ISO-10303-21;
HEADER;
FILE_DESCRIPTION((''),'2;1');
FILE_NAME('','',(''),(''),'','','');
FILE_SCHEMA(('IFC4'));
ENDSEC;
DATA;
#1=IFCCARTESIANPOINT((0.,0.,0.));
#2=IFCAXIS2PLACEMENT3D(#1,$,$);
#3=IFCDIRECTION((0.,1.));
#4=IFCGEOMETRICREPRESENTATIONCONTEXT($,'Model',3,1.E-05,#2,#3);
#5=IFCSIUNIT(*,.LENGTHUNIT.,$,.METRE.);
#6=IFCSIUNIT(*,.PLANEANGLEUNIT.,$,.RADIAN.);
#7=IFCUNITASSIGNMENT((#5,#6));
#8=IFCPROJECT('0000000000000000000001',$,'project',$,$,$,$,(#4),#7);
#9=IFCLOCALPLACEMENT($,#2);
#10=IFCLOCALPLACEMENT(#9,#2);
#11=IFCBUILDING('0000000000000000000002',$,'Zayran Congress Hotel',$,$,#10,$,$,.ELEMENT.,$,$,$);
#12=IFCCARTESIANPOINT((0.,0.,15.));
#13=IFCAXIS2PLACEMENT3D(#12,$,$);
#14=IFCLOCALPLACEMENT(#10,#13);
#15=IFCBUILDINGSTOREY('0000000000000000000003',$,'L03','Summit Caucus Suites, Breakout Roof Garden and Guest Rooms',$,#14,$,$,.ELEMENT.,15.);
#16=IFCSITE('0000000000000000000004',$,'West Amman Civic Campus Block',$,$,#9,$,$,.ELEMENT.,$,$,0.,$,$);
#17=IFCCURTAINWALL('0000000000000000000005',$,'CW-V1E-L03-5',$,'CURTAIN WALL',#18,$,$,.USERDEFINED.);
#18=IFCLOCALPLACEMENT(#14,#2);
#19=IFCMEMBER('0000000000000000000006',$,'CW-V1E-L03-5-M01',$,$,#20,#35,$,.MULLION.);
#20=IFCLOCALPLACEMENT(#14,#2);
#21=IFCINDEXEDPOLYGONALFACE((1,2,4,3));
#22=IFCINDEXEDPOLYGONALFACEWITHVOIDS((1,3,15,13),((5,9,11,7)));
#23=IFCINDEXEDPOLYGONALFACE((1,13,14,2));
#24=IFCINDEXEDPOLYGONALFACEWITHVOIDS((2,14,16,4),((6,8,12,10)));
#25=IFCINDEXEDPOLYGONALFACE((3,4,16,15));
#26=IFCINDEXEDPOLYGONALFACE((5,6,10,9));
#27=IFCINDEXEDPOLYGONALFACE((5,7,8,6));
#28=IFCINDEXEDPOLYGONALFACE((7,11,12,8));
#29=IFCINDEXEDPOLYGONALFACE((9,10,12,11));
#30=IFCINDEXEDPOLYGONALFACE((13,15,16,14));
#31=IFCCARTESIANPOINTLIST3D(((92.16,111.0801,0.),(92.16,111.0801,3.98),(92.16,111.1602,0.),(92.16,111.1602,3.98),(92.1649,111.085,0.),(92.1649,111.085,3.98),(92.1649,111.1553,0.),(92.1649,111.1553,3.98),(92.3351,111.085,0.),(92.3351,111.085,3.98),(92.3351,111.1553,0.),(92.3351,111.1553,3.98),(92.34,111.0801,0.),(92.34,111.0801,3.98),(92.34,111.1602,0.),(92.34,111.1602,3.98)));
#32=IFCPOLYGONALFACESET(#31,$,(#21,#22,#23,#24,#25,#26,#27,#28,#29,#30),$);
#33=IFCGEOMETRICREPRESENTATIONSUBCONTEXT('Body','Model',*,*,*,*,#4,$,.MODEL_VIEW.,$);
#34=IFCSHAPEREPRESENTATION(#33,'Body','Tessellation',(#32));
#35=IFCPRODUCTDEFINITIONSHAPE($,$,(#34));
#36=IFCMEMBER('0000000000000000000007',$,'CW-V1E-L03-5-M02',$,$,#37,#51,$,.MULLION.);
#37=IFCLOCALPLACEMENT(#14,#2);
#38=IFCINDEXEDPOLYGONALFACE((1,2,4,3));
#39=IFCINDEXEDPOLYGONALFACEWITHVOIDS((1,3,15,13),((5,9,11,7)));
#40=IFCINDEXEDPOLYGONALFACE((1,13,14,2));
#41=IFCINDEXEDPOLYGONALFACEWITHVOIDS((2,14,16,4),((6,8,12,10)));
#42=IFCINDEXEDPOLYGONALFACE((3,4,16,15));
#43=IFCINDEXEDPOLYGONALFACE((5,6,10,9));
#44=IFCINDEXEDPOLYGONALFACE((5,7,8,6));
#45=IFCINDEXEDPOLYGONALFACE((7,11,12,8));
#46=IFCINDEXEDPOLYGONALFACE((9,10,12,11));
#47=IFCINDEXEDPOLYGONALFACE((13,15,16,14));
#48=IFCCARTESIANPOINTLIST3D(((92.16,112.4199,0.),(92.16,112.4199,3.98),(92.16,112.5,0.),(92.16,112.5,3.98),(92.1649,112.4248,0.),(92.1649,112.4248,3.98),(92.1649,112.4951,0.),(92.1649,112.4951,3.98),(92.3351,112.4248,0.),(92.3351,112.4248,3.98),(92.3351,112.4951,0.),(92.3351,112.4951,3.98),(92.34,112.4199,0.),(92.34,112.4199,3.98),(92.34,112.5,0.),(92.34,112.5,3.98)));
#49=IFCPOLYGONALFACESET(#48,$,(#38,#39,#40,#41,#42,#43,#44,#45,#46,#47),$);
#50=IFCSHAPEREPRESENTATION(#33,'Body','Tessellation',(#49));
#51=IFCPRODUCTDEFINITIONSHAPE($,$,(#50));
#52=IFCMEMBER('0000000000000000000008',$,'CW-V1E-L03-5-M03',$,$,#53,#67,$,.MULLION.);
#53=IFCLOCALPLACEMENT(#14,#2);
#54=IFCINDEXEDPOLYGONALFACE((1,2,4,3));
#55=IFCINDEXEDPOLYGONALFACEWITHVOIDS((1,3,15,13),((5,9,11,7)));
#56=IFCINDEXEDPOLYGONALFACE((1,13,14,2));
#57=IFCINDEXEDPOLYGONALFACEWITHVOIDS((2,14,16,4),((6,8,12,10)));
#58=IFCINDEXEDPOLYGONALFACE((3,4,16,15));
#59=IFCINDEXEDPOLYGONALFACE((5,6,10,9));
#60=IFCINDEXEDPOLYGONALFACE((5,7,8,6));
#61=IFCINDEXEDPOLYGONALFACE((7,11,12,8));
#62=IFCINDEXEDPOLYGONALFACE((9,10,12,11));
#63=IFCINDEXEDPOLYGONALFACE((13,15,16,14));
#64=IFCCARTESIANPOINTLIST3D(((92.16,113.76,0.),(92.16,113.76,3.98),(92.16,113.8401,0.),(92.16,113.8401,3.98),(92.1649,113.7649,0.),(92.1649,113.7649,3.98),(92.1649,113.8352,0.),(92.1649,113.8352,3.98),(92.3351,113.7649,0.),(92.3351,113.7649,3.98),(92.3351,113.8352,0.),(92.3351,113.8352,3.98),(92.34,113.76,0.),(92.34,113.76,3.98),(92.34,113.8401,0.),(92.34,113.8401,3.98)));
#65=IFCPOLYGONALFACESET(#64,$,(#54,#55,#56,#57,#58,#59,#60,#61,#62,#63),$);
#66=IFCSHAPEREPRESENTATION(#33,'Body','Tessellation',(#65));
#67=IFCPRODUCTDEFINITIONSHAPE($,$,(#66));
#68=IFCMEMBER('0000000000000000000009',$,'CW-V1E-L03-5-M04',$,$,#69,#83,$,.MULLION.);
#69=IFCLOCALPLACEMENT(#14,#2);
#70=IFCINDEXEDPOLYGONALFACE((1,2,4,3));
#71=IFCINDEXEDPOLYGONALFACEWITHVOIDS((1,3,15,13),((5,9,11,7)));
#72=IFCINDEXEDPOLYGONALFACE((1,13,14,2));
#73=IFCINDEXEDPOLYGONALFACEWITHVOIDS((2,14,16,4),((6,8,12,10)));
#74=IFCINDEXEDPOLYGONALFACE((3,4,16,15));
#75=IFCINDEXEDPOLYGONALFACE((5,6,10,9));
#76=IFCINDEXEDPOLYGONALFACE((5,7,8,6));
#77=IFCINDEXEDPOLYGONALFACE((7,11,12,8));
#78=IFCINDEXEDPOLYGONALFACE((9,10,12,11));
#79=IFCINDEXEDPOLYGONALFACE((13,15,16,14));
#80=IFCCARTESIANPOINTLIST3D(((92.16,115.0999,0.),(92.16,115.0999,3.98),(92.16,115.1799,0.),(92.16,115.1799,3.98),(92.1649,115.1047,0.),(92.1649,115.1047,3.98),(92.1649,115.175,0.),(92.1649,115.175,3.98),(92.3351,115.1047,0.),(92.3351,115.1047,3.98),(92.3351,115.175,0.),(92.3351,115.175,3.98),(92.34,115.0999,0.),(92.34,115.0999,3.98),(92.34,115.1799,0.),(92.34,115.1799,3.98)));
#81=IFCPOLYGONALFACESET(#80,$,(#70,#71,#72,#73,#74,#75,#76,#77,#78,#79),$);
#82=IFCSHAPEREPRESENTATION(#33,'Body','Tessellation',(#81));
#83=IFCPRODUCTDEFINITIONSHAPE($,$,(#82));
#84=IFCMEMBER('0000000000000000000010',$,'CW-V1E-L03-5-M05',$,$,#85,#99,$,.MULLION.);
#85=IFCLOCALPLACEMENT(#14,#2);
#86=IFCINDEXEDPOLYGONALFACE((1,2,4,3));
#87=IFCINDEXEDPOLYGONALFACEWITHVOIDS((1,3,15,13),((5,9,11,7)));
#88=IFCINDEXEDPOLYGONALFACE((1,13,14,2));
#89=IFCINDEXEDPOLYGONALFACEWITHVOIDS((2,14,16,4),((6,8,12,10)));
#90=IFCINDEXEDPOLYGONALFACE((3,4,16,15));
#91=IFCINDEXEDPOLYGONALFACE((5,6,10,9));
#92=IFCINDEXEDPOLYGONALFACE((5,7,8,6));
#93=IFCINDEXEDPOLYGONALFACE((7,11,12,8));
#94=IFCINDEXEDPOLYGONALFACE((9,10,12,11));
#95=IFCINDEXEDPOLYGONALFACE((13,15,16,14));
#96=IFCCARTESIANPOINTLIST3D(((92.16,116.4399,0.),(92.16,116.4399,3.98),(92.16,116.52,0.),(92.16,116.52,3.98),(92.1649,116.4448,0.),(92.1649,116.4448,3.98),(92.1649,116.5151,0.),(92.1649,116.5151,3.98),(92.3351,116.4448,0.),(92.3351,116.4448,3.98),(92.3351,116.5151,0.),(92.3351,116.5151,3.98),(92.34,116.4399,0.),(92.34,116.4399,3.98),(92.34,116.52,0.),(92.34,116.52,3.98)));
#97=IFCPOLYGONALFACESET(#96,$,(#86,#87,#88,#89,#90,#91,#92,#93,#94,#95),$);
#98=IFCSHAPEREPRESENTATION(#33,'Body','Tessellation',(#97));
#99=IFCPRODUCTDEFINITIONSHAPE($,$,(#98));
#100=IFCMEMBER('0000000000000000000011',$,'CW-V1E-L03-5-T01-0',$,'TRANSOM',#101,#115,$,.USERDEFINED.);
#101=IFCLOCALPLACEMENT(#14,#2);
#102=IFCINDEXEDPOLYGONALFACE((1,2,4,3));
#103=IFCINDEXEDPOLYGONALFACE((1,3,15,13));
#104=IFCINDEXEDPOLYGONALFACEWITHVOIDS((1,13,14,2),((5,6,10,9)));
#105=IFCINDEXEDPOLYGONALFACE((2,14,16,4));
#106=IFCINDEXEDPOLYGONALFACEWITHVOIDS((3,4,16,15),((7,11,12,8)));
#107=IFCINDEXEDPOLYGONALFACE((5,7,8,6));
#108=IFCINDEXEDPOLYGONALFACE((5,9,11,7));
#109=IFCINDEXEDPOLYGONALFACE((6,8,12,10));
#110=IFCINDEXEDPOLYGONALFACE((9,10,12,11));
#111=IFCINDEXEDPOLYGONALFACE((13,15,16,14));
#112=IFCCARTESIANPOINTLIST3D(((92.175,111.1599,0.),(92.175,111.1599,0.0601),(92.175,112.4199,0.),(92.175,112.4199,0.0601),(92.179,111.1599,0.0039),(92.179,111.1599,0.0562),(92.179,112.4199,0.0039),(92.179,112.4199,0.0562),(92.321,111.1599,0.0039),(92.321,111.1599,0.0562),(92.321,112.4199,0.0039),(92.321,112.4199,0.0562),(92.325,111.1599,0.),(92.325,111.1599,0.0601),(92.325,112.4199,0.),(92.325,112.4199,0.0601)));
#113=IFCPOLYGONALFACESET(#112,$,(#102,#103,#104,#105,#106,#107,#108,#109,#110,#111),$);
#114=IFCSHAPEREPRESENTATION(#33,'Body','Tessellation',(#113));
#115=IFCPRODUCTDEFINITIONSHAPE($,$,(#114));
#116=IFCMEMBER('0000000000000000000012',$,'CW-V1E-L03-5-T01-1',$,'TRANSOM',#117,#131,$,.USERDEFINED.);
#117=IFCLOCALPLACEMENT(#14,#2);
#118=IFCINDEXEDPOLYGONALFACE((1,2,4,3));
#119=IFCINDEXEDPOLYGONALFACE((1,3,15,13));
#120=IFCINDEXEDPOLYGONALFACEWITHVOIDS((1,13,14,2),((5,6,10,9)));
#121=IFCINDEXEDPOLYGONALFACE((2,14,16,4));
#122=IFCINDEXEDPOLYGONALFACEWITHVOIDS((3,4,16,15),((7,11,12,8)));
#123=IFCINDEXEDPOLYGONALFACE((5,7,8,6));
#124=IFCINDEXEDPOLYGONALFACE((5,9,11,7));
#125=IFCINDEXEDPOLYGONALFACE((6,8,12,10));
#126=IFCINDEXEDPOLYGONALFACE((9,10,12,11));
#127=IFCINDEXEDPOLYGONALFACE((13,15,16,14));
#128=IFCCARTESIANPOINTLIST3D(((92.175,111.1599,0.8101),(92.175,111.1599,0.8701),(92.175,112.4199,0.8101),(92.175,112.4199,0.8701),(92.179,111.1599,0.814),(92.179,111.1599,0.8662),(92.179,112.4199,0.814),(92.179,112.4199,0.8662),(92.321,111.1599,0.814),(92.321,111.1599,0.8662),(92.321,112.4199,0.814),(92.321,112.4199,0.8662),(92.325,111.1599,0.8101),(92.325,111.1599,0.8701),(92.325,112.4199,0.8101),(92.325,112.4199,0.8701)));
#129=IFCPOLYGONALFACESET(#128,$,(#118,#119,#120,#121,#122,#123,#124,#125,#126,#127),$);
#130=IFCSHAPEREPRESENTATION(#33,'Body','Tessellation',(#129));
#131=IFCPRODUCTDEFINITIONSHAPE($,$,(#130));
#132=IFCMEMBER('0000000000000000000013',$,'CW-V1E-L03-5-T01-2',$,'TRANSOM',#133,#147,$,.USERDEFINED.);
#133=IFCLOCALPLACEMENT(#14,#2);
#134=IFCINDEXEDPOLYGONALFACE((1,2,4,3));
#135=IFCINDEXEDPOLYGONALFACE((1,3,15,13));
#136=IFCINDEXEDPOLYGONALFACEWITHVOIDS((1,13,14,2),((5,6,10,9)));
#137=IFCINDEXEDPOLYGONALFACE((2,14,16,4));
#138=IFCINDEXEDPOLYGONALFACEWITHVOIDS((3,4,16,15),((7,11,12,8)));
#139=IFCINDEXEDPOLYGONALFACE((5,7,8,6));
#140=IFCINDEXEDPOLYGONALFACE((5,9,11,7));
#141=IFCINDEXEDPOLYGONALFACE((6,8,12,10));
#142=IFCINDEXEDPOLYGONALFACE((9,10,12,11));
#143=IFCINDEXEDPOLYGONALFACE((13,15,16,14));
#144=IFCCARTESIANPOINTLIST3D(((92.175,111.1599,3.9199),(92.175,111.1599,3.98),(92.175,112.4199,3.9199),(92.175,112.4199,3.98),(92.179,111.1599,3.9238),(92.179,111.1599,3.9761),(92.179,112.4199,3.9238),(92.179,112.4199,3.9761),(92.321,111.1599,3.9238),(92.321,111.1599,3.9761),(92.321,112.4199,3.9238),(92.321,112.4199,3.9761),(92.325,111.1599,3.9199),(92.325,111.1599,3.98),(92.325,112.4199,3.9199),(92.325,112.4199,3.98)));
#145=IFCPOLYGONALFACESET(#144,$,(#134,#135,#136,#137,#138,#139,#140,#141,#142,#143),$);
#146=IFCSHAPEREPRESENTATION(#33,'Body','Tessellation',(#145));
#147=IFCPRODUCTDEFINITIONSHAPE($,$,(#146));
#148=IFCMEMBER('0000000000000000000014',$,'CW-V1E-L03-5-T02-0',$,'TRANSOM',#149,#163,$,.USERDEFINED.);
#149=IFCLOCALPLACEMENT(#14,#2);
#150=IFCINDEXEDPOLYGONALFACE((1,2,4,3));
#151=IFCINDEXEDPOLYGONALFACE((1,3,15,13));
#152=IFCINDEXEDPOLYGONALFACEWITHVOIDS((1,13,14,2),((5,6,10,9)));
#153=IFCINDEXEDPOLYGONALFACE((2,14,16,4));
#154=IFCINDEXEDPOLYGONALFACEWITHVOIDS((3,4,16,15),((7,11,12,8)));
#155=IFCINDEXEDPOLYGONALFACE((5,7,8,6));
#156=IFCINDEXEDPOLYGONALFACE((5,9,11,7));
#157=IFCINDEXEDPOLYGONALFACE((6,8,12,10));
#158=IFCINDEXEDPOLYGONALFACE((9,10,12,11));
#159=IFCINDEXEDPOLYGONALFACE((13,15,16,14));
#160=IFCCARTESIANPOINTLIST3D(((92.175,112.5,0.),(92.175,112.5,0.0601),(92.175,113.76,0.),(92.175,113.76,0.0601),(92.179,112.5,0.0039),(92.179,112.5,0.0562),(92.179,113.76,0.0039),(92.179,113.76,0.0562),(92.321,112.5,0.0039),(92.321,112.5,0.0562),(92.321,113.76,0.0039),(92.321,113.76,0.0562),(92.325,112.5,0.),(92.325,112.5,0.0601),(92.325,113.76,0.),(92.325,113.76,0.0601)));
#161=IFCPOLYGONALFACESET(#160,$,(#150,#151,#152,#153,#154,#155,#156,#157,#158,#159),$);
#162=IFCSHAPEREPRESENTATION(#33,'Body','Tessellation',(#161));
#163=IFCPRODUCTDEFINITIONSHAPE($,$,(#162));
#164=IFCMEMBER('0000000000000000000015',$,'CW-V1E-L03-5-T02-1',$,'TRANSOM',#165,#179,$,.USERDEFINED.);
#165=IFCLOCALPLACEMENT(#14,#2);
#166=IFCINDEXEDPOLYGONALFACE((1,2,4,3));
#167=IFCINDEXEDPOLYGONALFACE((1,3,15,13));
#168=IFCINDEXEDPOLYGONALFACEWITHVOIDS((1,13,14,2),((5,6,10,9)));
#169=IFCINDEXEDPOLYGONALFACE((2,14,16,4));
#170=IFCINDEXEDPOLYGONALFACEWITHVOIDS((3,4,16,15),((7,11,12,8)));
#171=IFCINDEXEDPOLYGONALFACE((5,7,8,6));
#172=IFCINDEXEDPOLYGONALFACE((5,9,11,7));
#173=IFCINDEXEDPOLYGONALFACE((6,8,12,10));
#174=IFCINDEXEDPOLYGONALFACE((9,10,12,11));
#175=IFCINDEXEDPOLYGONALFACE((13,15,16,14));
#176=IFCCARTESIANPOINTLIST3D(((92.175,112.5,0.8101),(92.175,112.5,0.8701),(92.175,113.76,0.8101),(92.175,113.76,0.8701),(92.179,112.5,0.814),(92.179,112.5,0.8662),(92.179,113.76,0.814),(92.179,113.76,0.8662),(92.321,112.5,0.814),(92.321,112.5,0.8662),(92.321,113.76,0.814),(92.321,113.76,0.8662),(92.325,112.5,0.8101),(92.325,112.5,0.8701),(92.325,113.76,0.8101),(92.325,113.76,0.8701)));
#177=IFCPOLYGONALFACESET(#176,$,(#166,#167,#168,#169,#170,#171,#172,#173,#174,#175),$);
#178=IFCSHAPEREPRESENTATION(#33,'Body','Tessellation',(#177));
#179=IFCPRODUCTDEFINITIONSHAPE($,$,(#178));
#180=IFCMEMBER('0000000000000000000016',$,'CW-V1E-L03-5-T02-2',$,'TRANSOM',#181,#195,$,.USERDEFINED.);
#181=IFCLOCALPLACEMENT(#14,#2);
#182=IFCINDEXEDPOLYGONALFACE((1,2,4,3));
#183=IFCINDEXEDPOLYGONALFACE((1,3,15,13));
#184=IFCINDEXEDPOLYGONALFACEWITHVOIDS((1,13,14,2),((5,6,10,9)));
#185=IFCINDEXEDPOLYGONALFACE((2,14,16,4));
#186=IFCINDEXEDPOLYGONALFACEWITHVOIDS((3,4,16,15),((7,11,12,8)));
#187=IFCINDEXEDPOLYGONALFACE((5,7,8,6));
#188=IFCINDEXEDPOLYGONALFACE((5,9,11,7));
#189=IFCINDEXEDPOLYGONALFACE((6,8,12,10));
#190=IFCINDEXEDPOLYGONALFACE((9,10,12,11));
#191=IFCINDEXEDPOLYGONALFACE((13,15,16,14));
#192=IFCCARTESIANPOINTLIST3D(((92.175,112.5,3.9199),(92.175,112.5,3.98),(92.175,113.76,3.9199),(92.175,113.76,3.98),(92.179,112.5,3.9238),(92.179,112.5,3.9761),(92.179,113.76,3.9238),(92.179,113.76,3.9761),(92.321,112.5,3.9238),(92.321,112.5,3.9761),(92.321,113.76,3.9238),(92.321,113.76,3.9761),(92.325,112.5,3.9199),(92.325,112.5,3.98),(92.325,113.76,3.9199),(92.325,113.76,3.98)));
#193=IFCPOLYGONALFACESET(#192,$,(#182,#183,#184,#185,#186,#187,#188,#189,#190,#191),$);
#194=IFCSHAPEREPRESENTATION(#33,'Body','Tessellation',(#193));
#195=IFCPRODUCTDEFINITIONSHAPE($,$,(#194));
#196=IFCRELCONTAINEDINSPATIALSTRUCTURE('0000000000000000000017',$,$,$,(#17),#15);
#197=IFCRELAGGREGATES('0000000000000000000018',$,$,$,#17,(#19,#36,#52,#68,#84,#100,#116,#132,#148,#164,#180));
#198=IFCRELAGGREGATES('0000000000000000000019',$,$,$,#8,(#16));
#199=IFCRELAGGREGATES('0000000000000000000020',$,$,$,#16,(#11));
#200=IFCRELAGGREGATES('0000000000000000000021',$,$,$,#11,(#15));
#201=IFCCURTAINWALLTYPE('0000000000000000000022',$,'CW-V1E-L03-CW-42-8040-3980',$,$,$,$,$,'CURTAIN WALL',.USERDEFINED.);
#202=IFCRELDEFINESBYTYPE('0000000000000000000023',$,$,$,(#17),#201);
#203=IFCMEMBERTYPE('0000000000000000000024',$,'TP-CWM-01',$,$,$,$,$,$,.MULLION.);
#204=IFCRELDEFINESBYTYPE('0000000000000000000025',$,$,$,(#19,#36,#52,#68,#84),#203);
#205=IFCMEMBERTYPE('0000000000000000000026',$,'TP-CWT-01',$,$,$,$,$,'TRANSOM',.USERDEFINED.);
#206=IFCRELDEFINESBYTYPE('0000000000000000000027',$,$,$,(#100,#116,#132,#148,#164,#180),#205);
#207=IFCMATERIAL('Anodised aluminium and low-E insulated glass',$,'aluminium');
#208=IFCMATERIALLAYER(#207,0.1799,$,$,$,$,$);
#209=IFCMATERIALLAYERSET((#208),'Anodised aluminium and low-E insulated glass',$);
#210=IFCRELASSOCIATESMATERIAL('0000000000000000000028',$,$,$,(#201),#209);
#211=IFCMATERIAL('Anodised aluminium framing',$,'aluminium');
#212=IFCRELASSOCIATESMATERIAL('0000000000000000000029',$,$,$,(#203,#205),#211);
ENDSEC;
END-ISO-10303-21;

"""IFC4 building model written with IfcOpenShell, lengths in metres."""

from ifc_helpers import new_model, si_unit, direction, frame, origin, origin_2d, place, context, subcontext, project, spatial, hollow_rectangle, extrude, material, layer, layer_set, material_profile, profile_set, type_object, element, aggregate, save


model = new_model("IFC4")

# Units and contexts
model_context = context("Model", 3, precision=1e-05, world=origin(), true_north=direction((0.0, 1.0)))
body_context = subcontext(model_context, "Body", "Model", "MODEL_VIEW")
ifc_project = project(units=[si_unit("LENGTHUNIT", "METRE"), si_unit("PLANEANGLEUNIT", "RADIAN")], contexts=[model_context])

# Site, building, storey
site_placement = place(None, origin())
site = spatial("IfcSite", under=ifc_project, at=site_placement, Name="West Amman Civic Campus Block", CompositionType="ELEMENT", RefElevation=0.0)
building_placement = place(site_placement, origin())
building = spatial("IfcBuilding", under=site, at=building_placement, Name="Zayran Congress Hotel", CompositionType="ELEMENT")
storey_placement = place(building_placement, frame((0.0, 0.0, 15.0)))
storey = spatial("IfcBuildingStorey", under=building, at=storey_placement, Name="L03", Description="Summit Caucus Suites, Breakout Roof Garden and Guest Rooms", CompositionType="ELEMENT", Elevation=15.0)

# Curtain wall, members
ifc_material_1 = material(Name="Anodised aluminium and low-E insulated glass", Category="aluminium")
ifc_layer_1 = layer(ifc_material_1, 0.1799)
ifc_layer_set_1 = layer_set([ifc_layer_1], Name="Anodised aluminium and low-E insulated glass")
curtain_wall_type = type_object("IfcCurtainWallType", Name="CW-V1E-L03-CW-42-8040-3980", ElementType="CURTAIN WALL", PredefinedType="USERDEFINED", material=ifc_layer_set_1)
curtain_wall_placement = place(storey_placement, origin())
curtain_wall = element("IfcCurtainWall", 1, at=curtain_wall_placement, inside=storey, type_object=curtain_wall_type, Name="CW-V1E-L03-5", ObjectType="CURTAIN WALL", PredefinedType="USERDEFINED")
ifc_material_2 = material(Name="Anodised aluminium framing", Category="aluminium")
ifc_material_profile_1 = material_profile(ifc_material_2, hollow_rectangle(XDim=0.0801, YDim=0.1799, WallThickness=0.0049, at=origin_2d()), Name="RHS 180x80x5")
ifc_profile_set_1 = profile_set([ifc_material_profile_1], Name="Anodised aluminium framing")
member_type_1 = type_object("IfcMemberType", Name="TP-CWM-01", PredefinedType="MULLION", material=ifc_profile_set_1)
member_1_placement = place(storey_placement, frame((92.25, 111.1201, 0.0), z_axis=(0.0, 0.0, 1.0), x_axis=(0.0, 1.0, 0.0)))
member_1 = element("IfcMember", 2, at=member_1_placement, type_object=member_type_1, Name="CW-V1E-L03-5-M01", PredefinedType="MULLION", context=body_context, shape_type="SweptSolid", body=[
    extrude(hollow_rectangle(XDim=0.0801, YDim=0.1799, WallThickness=0.0049, at=origin_2d()), origin(), (0.0, 0.0, 1.0), 3.98),
])
member_2_placement = place(storey_placement, frame((92.25, 112.46, 0.0), z_axis=(0.0, 0.0, 1.0), x_axis=(0.0, 1.0, 0.0)))
member_2 = element("IfcMember", 3, at=member_2_placement, type_object=member_type_1, Name="CW-V1E-L03-5-M02", PredefinedType="MULLION", context=body_context, shape_type="SweptSolid", body=[
    extrude(hollow_rectangle(XDim=0.0801, YDim=0.1799, WallThickness=0.0049, at=origin_2d()), origin(), (0.0, 0.0, 1.0), 3.98),
])
member_3_placement = place(storey_placement, frame((92.25, 113.8, 0.0), z_axis=(0.0, 0.0, 1.0), x_axis=(0.0, 1.0, 0.0)))
member_3 = element("IfcMember", 4, at=member_3_placement, type_object=member_type_1, Name="CW-V1E-L03-5-M03", PredefinedType="MULLION", context=body_context, shape_type="SweptSolid", body=[
    extrude(hollow_rectangle(XDim=0.0801, YDim=0.1799, WallThickness=0.0049, at=origin_2d()), origin(), (0.0, 0.0, 1.0), 3.98),
])
member_4_placement = place(storey_placement, frame((92.25, 115.1399, 0.0), z_axis=(0.0, 0.0, 1.0), x_axis=(0.0, 1.0, 0.0)))
member_4 = element("IfcMember", 5, at=member_4_placement, type_object=member_type_1, Name="CW-V1E-L03-5-M04", PredefinedType="MULLION", context=body_context, shape_type="SweptSolid", body=[
    extrude(hollow_rectangle(XDim=0.0801, YDim=0.1799, WallThickness=0.0049, at=origin_2d()), origin(), (0.0, 0.0, 1.0), 3.98),
])
member_5_placement = place(storey_placement, frame((92.25, 116.48, 0.0), z_axis=(0.0, 0.0, 1.0), x_axis=(0.0, 1.0, 0.0)))
member_5 = element("IfcMember", 6, at=member_5_placement, type_object=member_type_1, Name="CW-V1E-L03-5-M05", PredefinedType="MULLION", context=body_context, shape_type="SweptSolid", body=[
    extrude(hollow_rectangle(XDim=0.0801, YDim=0.1799, WallThickness=0.0049, at=origin_2d()), origin(), (0.0, 0.0, 1.0), 3.98),
])
ifc_material_profile_2 = material_profile(ifc_material_2, hollow_rectangle(XDim=0.0601, YDim=0.1499, WallThickness=0.0039, at=origin_2d()), Name="RHS 150x60x4")
ifc_profile_set_2 = profile_set([ifc_material_profile_2], Name="Anodised aluminium framing")
member_type_2 = type_object("IfcMemberType", Name="TP-CWT-01", ElementType="TRANSOM", PredefinedType="USERDEFINED", material=ifc_profile_set_2)
member_6_placement = place(storey_placement, frame((92.25, 111.1599, 0.03), z_axis=(0.0, 1.0, 0.0), x_axis=(0.0, 0.0, 1.0)))
member_6 = element("IfcMember", 7, at=member_6_placement, type_object=member_type_2, Name="CW-V1E-L03-5-T01-0", ObjectType="TRANSOM", PredefinedType="USERDEFINED", context=body_context, shape_type="SweptSolid", body=[
    extrude(hollow_rectangle(XDim=0.0601, YDim=0.1499, WallThickness=0.0039, at=origin_2d()), origin(), (0.0, 0.0, 1.0), 1.26),
])
member_7_placement = place(storey_placement, frame((92.25, 111.1599, 0.8401), z_axis=(0.0, 1.0, 0.0), x_axis=(0.0, 0.0, 1.0)))
member_7 = element("IfcMember", 8, at=member_7_placement, type_object=member_type_2, Name="CW-V1E-L03-5-T01-1", ObjectType="TRANSOM", PredefinedType="USERDEFINED", context=body_context, shape_type="SweptSolid", body=[
    extrude(hollow_rectangle(XDim=0.0601, YDim=0.1499, WallThickness=0.0039, at=origin_2d()), origin(), (0.0, 0.0, 1.0), 1.26),
])
member_8_placement = place(storey_placement, frame((92.25, 111.1599, 3.95), z_axis=(0.0, 1.0, 0.0), x_axis=(0.0, 0.0, 1.0)))
member_8 = element("IfcMember", 9, at=member_8_placement, type_object=member_type_2, Name="CW-V1E-L03-5-T01-2", ObjectType="TRANSOM", PredefinedType="USERDEFINED", context=body_context, shape_type="SweptSolid", body=[
    extrude(hollow_rectangle(XDim=0.0601, YDim=0.1499, WallThickness=0.0039, at=origin_2d()), origin(), (0.0, 0.0, 1.0), 1.26),
])
member_9_placement = place(storey_placement, frame((92.25, 112.5, 0.03), z_axis=(0.0, 1.0, 0.0), x_axis=(0.0, 0.0, 1.0)))
member_9 = element("IfcMember", 10, at=member_9_placement, type_object=member_type_2, Name="CW-V1E-L03-5-T02-0", ObjectType="TRANSOM", PredefinedType="USERDEFINED", context=body_context, shape_type="SweptSolid", body=[
    extrude(hollow_rectangle(XDim=0.0601, YDim=0.1499, WallThickness=0.0039, at=origin_2d()), origin(), (0.0, 0.0, 1.0), 1.26),
])
member_10_placement = place(storey_placement, frame((92.25, 112.5, 0.8401), z_axis=(0.0, 1.0, 0.0), x_axis=(0.0, 0.0, 1.0)))
member_10 = element("IfcMember", 11, at=member_10_placement, type_object=member_type_2, Name="CW-V1E-L03-5-T02-1", ObjectType="TRANSOM", PredefinedType="USERDEFINED", context=body_context, shape_type="SweptSolid", body=[
    extrude(hollow_rectangle(XDim=0.0601, YDim=0.1499, WallThickness=0.0039, at=origin_2d()), origin(), (0.0, 0.0, 1.0), 1.26),
])
member_11_placement = place(storey_placement, frame((92.25, 112.5, 3.95), z_axis=(0.0, 1.0, 0.0), x_axis=(0.0, 0.0, 1.0)))
member_11 = element("IfcMember", 12, at=member_11_placement, type_object=member_type_2, Name="CW-V1E-L03-5-T02-2", ObjectType="TRANSOM", PredefinedType="USERDEFINED", context=body_context, shape_type="SweptSolid", body=[
    extrude(hollow_rectangle(XDim=0.0601, YDim=0.1499, WallThickness=0.0039, at=origin_2d()), origin(), (0.0, 0.0, 1.0), 1.26),
])
aggregate(curtain_wall, [member_1, member_2, member_3, member_4, member_5, member_6, member_7, member_8, member_9, member_10, member_11])

save(model, "model.ifc")
